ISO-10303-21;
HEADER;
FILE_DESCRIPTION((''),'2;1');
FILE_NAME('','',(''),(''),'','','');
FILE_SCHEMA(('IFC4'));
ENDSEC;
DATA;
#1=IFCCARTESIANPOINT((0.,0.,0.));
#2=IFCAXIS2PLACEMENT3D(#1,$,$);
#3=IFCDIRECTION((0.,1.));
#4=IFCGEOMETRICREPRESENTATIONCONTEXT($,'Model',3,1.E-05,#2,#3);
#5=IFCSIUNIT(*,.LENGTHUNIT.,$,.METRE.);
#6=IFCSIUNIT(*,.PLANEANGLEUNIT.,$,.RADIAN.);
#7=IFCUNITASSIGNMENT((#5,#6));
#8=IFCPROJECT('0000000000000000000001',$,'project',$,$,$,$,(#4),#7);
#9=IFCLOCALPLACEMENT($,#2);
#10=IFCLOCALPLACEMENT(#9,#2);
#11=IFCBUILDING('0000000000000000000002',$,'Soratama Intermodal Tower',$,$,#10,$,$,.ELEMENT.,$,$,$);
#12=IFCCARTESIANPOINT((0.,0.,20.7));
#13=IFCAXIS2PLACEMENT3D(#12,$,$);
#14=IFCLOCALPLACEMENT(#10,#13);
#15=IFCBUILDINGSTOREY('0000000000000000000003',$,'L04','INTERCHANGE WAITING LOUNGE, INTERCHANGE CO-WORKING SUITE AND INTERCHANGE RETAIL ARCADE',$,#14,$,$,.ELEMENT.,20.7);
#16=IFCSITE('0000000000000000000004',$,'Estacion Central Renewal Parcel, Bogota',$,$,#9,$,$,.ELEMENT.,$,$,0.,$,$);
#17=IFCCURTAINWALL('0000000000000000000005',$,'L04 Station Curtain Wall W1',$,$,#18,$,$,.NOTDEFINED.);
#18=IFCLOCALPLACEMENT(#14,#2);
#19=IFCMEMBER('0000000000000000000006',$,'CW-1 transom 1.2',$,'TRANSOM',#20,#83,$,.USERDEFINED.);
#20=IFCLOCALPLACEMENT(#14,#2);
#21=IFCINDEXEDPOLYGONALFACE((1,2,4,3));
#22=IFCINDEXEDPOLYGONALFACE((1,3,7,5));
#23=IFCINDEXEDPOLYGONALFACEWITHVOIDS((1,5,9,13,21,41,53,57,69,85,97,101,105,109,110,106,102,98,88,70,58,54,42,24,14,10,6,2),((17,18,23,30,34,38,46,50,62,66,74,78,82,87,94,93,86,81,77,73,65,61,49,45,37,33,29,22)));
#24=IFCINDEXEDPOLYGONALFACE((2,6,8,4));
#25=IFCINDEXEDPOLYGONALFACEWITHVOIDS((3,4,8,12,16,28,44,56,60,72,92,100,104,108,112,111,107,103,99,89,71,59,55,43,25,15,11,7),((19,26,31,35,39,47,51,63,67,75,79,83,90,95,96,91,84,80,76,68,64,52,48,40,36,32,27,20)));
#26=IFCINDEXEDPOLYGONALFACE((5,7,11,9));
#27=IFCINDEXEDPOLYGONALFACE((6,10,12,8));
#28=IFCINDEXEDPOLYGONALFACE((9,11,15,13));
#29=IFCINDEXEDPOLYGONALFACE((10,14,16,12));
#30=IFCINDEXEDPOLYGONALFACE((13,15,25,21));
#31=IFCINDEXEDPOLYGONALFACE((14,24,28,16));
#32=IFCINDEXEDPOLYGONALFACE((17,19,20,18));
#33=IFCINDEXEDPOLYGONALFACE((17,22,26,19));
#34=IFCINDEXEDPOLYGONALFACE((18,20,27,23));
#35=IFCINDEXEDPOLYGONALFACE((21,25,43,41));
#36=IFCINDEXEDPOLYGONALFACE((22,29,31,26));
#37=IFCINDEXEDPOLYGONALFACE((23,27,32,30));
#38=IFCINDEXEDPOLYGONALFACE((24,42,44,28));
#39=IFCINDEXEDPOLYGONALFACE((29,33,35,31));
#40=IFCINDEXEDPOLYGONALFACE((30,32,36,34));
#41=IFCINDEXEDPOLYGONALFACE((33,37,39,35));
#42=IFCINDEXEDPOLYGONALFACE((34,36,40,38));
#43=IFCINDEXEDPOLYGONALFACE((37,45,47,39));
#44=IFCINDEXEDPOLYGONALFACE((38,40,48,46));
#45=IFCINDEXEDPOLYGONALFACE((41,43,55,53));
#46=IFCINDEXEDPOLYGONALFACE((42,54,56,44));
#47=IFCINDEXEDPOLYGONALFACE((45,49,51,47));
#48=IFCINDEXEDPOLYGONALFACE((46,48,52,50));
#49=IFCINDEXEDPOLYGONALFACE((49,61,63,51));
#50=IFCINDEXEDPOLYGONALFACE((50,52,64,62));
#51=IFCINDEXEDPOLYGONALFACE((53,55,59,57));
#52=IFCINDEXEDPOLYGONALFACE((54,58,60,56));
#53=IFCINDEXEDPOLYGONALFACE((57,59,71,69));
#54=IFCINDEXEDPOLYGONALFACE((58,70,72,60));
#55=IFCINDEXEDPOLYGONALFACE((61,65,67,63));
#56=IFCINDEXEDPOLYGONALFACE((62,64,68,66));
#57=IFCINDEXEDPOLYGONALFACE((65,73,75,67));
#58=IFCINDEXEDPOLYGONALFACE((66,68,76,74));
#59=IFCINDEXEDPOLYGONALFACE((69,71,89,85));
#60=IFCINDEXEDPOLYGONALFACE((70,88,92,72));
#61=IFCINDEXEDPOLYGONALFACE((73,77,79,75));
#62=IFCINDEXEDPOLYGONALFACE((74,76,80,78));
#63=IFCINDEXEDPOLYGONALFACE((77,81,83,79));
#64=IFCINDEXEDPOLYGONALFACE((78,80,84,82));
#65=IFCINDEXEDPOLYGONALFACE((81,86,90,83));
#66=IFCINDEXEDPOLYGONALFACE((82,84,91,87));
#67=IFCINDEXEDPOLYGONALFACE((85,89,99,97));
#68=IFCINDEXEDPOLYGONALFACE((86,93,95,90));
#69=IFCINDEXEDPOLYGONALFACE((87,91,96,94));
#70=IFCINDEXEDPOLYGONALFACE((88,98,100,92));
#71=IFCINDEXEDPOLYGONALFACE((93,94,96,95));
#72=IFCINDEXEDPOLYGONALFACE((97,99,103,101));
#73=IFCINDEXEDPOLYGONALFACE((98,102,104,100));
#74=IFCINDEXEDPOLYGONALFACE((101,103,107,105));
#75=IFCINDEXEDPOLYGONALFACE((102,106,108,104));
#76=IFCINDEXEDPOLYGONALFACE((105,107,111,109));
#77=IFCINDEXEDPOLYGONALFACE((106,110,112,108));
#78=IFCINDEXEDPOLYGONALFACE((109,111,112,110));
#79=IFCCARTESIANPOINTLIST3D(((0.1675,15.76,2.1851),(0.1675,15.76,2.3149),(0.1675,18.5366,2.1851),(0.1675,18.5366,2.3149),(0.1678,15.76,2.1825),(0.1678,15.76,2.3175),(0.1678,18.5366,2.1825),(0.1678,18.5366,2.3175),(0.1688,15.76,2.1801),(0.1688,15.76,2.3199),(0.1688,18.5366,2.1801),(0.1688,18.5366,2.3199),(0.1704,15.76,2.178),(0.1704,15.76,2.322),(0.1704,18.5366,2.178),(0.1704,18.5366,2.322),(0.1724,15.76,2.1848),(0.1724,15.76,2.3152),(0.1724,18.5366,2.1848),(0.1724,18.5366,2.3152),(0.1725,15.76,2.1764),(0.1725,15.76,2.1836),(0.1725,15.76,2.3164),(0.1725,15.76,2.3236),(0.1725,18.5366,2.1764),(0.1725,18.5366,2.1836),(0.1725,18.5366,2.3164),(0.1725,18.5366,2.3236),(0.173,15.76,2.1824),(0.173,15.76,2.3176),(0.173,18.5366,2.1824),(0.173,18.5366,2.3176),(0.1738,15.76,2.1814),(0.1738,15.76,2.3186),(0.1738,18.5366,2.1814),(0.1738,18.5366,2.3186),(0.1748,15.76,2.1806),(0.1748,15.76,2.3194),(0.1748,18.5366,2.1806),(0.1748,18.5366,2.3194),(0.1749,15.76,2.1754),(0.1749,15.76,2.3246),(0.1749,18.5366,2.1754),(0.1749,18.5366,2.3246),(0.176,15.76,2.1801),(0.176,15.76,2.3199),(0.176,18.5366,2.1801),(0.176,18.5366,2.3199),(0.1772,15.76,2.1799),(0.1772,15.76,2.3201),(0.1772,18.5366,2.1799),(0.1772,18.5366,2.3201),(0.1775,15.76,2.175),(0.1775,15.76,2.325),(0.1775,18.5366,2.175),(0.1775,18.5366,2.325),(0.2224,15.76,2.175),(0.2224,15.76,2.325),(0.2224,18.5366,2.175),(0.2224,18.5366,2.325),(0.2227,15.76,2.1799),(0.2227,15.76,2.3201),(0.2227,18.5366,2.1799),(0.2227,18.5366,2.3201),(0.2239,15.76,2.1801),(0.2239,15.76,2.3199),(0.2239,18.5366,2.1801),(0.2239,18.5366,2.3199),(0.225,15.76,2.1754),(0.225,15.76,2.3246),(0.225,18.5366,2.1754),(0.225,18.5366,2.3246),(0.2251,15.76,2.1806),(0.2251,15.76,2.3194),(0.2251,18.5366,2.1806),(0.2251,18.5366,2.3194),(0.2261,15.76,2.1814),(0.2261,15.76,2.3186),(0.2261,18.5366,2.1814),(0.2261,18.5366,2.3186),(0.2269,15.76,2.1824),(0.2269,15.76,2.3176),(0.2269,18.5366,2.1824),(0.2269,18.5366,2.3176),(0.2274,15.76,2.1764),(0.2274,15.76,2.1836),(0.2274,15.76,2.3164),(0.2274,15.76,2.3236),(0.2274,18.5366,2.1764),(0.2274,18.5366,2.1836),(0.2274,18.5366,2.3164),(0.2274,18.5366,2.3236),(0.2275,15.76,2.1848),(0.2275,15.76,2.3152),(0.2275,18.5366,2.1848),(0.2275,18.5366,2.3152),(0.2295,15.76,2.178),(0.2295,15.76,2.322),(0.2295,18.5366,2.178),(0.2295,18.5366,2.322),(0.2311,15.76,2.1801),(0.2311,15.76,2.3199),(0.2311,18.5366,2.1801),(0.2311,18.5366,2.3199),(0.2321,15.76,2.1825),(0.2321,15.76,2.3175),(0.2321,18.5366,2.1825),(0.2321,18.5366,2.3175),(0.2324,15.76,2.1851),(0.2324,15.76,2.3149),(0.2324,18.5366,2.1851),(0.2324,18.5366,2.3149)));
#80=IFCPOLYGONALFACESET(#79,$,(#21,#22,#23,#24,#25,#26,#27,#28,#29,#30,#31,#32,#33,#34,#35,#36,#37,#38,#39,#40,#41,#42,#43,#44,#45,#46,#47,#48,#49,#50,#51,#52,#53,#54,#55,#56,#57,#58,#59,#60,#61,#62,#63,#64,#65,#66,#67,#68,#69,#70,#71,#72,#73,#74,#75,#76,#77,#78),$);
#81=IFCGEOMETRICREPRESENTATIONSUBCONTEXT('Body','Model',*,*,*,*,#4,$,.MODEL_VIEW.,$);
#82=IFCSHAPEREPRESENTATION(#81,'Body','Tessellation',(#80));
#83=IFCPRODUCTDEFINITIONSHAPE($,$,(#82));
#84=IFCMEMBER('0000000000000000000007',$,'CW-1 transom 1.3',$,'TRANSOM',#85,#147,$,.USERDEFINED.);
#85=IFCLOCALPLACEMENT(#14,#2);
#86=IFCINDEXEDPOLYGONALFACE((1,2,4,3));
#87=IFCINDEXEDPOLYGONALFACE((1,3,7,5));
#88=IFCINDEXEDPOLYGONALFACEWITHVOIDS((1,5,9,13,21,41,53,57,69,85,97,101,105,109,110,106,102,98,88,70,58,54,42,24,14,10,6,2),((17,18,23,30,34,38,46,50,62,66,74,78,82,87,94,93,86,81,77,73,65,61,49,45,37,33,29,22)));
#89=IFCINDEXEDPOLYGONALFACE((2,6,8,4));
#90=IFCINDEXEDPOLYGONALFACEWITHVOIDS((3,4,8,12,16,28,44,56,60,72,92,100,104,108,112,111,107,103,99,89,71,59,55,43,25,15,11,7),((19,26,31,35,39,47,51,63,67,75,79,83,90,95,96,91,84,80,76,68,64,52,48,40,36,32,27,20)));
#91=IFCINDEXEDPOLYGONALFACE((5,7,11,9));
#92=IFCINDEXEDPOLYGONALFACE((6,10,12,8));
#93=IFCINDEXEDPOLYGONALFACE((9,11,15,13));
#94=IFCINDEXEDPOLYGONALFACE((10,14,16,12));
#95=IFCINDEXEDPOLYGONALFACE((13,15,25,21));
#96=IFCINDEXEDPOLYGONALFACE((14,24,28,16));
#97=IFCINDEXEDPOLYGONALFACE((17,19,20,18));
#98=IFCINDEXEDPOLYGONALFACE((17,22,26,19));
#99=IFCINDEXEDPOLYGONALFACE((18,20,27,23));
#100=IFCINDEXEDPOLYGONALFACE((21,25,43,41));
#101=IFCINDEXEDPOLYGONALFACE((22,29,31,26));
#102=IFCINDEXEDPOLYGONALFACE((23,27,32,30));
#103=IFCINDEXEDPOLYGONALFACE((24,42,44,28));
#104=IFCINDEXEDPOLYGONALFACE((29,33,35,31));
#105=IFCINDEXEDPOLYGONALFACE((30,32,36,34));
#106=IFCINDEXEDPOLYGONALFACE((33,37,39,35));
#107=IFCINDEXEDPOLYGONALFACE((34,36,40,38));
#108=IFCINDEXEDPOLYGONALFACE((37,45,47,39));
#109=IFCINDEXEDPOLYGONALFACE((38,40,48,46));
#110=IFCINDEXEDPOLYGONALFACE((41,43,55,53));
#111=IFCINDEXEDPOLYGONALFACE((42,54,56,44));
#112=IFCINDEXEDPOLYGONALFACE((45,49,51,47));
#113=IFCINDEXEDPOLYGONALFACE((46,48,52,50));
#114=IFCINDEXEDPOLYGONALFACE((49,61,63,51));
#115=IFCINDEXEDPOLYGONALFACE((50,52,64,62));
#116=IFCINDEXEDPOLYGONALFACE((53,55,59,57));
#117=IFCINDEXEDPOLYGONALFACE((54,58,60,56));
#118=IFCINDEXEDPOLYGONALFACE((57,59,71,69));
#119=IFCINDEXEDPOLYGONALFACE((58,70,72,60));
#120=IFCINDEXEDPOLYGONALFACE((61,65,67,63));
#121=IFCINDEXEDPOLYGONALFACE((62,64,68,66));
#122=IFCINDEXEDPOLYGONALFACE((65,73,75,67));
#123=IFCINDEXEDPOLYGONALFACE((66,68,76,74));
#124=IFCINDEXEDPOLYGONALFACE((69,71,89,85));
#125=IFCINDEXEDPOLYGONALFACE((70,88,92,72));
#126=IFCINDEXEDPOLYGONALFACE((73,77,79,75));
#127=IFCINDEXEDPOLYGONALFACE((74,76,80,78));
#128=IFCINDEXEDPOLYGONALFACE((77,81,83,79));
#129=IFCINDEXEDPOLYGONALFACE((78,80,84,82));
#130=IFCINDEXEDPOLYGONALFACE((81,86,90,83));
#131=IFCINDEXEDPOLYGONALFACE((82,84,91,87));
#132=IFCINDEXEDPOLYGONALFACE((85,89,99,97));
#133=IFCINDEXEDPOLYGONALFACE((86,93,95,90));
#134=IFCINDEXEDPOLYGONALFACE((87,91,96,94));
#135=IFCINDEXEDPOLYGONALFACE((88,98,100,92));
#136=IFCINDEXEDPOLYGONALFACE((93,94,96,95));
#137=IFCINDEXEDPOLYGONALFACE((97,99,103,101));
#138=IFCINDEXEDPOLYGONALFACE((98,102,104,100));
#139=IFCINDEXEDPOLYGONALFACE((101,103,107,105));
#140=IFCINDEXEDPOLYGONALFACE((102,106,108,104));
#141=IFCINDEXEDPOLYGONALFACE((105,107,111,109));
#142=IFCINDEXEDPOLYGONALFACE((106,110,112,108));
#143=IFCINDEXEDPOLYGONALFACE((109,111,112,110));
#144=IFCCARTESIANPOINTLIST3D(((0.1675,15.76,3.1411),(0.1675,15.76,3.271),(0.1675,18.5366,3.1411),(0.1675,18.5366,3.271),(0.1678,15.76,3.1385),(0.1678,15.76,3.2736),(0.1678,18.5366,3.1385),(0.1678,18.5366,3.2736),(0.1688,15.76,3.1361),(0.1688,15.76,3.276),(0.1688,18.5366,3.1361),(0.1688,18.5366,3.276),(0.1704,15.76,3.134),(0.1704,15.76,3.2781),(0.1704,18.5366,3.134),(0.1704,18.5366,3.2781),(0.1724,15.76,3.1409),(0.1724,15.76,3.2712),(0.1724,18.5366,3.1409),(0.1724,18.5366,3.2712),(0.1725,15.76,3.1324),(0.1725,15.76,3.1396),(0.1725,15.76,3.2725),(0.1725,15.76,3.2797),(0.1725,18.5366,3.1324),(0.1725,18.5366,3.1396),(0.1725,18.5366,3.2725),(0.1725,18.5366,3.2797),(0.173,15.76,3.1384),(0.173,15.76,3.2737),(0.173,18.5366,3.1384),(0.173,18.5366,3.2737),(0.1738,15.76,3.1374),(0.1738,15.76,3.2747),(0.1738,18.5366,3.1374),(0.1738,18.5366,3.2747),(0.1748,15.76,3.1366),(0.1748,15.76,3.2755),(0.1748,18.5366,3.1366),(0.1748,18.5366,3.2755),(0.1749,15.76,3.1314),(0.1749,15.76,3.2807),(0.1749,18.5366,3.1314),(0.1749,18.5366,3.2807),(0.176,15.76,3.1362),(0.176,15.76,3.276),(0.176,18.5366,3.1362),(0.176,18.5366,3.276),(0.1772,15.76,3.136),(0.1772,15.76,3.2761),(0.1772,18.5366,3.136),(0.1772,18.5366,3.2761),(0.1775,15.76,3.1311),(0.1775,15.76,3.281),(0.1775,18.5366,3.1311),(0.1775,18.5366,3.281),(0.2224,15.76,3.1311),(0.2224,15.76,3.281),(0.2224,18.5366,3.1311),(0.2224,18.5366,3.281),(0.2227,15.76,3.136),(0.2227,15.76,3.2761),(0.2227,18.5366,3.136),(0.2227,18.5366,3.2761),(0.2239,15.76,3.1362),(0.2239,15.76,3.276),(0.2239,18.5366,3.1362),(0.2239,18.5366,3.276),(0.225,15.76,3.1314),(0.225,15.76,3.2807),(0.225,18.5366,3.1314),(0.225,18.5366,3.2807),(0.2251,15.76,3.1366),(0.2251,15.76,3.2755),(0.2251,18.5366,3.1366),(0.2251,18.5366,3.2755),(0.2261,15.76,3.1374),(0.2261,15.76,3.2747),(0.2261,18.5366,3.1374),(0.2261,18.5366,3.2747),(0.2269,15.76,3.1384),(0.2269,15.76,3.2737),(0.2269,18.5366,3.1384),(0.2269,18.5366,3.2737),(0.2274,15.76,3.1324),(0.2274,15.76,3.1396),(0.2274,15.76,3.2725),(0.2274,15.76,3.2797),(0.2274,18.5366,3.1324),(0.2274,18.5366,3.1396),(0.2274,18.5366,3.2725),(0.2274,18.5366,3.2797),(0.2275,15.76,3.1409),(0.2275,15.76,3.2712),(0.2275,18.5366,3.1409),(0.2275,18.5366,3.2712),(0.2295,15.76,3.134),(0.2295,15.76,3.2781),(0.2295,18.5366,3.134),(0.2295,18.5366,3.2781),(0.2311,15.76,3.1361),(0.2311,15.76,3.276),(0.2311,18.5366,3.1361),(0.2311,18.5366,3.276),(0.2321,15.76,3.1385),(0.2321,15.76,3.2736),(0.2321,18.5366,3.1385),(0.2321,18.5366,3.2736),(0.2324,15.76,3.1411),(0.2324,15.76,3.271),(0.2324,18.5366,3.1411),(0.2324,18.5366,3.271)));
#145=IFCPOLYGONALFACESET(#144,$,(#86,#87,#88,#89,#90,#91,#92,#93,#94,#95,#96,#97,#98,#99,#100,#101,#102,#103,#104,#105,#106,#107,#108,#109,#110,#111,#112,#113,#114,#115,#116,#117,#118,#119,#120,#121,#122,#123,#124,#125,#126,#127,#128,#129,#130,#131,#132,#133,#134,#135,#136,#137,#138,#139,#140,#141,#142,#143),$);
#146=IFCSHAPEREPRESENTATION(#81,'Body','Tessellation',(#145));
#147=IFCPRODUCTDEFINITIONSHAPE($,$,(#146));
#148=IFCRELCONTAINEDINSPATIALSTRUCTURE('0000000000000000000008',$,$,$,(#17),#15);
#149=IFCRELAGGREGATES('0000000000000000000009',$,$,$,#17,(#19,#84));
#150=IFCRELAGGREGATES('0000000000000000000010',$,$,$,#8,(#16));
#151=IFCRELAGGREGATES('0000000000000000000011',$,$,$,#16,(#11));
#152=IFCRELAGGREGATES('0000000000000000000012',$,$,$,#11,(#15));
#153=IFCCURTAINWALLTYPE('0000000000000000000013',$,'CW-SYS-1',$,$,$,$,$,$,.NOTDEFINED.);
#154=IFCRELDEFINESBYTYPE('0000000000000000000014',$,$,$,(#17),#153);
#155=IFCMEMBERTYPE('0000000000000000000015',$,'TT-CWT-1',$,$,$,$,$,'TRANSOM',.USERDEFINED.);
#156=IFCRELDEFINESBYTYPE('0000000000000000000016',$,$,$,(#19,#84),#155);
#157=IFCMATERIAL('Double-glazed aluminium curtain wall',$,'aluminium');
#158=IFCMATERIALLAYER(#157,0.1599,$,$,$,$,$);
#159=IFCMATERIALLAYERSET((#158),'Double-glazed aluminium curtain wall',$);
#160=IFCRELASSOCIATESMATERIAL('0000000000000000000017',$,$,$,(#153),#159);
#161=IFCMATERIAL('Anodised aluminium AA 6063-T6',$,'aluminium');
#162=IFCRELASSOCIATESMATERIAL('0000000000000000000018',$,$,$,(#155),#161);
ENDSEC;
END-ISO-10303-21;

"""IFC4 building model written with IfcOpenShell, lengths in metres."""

from ifc_helpers import new_model, si_unit, direction, frame, origin, origin_2d, place, context, subcontext, project, spatial, hollow_rectangle, extrude, material, layer, layer_set, material_profile, profile_set, type_object, element, aggregate, save


model = new_model("IFC4")

# Units and contexts
model_context = context("Model", 3, precision=1e-05, world=origin(), true_north=direction((0.0, 1.0)))
body_context = subcontext(model_context, "Body", "Model", "MODEL_VIEW")
ifc_project = project(units=[si_unit("LENGTHUNIT", "METRE"), si_unit("PLANEANGLEUNIT", "RADIAN")], contexts=[model_context])

# Site, building, storey
site_placement = place(None, origin())
site = spatial("IfcSite", under=ifc_project, at=site_placement, Name="Estacion Central Renewal Parcel, Bogota", CompositionType="ELEMENT", RefElevation=0.0)
building_placement = place(site_placement, origin())
building = spatial("IfcBuilding", under=site, at=building_placement, Name="Soratama Intermodal Tower", CompositionType="ELEMENT")
storey_placement = place(building_placement, frame((0.0, 0.0, 20.7)))
storey = spatial("IfcBuildingStorey", under=building, at=storey_placement, Name="L04", Description="INTERCHANGE WAITING LOUNGE, INTERCHANGE CO-WORKING SUITE AND INTERCHANGE RETAIL ARCADE", CompositionType="ELEMENT", Elevation=20.7)

# Curtain wall, members
ifc_material_1 = material(Name="Double-glazed aluminium curtain wall", Category="aluminium")
ifc_layer_1 = layer(ifc_material_1, 0.1599)
ifc_layer_set_1 = layer_set([ifc_layer_1], Name="Double-glazed aluminium curtain wall")
curtain_wall_type = type_object("IfcCurtainWallType", Name="CW-SYS-1", PredefinedType="NOTDEFINED", material=ifc_layer_set_1)
curtain_wall_placement = place(storey_placement, origin())
curtain_wall = element("IfcCurtainWall", 1, at=curtain_wall_placement, inside=storey, type_object=curtain_wall_type, Name="L04 Station Curtain Wall W1", PredefinedType="NOTDEFINED")
ifc_material_2 = material(Name="Anodised aluminium AA 6063-T6", Category="aluminium")
ifc_material_profile_1 = material_profile(ifc_material_2, hollow_rectangle(XDim=0.0649, YDim=0.1499, WallThickness=0.0049, InnerFilletRadius=0.0049, OuterFilletRadius=0.01, at=origin_2d()), Name="CWT150X65X5")
ifc_profile_set_1 = profile_set([ifc_material_profile_1], Name="Anodised aluminium AA 6063-T6")
member_type_1 = type_object("IfcMemberType", Name="TT-CWT-1", ElementType="TRANSOM", PredefinedType="USERDEFINED", material=ifc_profile_set_1)
member_1_placement = place(storey_placement, frame((0.2, 15.76, 2.25), z_axis=(0.0, 1.0, 0.0), x_axis=(-1.0, 0.0, 0.0)))
member_1 = element("IfcMember", 2, at=member_1_placement, type_object=member_type_1, Name="CW-1 transom 1.2", ObjectType="TRANSOM", PredefinedType="USERDEFINED", context=body_context, shape_type="SweptSolid", body=[
    extrude(hollow_rectangle(XDim=0.0649, YDim=0.1499, WallThickness=0.0049, InnerFilletRadius=0.0049, OuterFilletRadius=0.01, at=origin_2d()), origin(), (0.0, 0.0, 1.0), 2.7766),
])
member_2_placement = place(storey_placement, frame((0.2, 15.76, 3.2061), z_axis=(0.0, 1.0, 0.0), x_axis=(-1.0, 0.0, 0.0)))
member_2 = element("IfcMember", 3, at=member_2_placement, type_object=member_type_1, Name="CW-1 transom 1.3", ObjectType="TRANSOM", PredefinedType="USERDEFINED", context=body_context, shape_type="SweptSolid", body=[
    extrude(hollow_rectangle(XDim=0.0649, YDim=0.1499, WallThickness=0.0049, InnerFilletRadius=0.0049, OuterFilletRadius=0.01, at=origin_2d()), origin(), (0.0, 0.0, 1.0), 2.7766),
])
aggregate(curtain_wall, [member_1, member_2])

save(model, "model.ifc")
